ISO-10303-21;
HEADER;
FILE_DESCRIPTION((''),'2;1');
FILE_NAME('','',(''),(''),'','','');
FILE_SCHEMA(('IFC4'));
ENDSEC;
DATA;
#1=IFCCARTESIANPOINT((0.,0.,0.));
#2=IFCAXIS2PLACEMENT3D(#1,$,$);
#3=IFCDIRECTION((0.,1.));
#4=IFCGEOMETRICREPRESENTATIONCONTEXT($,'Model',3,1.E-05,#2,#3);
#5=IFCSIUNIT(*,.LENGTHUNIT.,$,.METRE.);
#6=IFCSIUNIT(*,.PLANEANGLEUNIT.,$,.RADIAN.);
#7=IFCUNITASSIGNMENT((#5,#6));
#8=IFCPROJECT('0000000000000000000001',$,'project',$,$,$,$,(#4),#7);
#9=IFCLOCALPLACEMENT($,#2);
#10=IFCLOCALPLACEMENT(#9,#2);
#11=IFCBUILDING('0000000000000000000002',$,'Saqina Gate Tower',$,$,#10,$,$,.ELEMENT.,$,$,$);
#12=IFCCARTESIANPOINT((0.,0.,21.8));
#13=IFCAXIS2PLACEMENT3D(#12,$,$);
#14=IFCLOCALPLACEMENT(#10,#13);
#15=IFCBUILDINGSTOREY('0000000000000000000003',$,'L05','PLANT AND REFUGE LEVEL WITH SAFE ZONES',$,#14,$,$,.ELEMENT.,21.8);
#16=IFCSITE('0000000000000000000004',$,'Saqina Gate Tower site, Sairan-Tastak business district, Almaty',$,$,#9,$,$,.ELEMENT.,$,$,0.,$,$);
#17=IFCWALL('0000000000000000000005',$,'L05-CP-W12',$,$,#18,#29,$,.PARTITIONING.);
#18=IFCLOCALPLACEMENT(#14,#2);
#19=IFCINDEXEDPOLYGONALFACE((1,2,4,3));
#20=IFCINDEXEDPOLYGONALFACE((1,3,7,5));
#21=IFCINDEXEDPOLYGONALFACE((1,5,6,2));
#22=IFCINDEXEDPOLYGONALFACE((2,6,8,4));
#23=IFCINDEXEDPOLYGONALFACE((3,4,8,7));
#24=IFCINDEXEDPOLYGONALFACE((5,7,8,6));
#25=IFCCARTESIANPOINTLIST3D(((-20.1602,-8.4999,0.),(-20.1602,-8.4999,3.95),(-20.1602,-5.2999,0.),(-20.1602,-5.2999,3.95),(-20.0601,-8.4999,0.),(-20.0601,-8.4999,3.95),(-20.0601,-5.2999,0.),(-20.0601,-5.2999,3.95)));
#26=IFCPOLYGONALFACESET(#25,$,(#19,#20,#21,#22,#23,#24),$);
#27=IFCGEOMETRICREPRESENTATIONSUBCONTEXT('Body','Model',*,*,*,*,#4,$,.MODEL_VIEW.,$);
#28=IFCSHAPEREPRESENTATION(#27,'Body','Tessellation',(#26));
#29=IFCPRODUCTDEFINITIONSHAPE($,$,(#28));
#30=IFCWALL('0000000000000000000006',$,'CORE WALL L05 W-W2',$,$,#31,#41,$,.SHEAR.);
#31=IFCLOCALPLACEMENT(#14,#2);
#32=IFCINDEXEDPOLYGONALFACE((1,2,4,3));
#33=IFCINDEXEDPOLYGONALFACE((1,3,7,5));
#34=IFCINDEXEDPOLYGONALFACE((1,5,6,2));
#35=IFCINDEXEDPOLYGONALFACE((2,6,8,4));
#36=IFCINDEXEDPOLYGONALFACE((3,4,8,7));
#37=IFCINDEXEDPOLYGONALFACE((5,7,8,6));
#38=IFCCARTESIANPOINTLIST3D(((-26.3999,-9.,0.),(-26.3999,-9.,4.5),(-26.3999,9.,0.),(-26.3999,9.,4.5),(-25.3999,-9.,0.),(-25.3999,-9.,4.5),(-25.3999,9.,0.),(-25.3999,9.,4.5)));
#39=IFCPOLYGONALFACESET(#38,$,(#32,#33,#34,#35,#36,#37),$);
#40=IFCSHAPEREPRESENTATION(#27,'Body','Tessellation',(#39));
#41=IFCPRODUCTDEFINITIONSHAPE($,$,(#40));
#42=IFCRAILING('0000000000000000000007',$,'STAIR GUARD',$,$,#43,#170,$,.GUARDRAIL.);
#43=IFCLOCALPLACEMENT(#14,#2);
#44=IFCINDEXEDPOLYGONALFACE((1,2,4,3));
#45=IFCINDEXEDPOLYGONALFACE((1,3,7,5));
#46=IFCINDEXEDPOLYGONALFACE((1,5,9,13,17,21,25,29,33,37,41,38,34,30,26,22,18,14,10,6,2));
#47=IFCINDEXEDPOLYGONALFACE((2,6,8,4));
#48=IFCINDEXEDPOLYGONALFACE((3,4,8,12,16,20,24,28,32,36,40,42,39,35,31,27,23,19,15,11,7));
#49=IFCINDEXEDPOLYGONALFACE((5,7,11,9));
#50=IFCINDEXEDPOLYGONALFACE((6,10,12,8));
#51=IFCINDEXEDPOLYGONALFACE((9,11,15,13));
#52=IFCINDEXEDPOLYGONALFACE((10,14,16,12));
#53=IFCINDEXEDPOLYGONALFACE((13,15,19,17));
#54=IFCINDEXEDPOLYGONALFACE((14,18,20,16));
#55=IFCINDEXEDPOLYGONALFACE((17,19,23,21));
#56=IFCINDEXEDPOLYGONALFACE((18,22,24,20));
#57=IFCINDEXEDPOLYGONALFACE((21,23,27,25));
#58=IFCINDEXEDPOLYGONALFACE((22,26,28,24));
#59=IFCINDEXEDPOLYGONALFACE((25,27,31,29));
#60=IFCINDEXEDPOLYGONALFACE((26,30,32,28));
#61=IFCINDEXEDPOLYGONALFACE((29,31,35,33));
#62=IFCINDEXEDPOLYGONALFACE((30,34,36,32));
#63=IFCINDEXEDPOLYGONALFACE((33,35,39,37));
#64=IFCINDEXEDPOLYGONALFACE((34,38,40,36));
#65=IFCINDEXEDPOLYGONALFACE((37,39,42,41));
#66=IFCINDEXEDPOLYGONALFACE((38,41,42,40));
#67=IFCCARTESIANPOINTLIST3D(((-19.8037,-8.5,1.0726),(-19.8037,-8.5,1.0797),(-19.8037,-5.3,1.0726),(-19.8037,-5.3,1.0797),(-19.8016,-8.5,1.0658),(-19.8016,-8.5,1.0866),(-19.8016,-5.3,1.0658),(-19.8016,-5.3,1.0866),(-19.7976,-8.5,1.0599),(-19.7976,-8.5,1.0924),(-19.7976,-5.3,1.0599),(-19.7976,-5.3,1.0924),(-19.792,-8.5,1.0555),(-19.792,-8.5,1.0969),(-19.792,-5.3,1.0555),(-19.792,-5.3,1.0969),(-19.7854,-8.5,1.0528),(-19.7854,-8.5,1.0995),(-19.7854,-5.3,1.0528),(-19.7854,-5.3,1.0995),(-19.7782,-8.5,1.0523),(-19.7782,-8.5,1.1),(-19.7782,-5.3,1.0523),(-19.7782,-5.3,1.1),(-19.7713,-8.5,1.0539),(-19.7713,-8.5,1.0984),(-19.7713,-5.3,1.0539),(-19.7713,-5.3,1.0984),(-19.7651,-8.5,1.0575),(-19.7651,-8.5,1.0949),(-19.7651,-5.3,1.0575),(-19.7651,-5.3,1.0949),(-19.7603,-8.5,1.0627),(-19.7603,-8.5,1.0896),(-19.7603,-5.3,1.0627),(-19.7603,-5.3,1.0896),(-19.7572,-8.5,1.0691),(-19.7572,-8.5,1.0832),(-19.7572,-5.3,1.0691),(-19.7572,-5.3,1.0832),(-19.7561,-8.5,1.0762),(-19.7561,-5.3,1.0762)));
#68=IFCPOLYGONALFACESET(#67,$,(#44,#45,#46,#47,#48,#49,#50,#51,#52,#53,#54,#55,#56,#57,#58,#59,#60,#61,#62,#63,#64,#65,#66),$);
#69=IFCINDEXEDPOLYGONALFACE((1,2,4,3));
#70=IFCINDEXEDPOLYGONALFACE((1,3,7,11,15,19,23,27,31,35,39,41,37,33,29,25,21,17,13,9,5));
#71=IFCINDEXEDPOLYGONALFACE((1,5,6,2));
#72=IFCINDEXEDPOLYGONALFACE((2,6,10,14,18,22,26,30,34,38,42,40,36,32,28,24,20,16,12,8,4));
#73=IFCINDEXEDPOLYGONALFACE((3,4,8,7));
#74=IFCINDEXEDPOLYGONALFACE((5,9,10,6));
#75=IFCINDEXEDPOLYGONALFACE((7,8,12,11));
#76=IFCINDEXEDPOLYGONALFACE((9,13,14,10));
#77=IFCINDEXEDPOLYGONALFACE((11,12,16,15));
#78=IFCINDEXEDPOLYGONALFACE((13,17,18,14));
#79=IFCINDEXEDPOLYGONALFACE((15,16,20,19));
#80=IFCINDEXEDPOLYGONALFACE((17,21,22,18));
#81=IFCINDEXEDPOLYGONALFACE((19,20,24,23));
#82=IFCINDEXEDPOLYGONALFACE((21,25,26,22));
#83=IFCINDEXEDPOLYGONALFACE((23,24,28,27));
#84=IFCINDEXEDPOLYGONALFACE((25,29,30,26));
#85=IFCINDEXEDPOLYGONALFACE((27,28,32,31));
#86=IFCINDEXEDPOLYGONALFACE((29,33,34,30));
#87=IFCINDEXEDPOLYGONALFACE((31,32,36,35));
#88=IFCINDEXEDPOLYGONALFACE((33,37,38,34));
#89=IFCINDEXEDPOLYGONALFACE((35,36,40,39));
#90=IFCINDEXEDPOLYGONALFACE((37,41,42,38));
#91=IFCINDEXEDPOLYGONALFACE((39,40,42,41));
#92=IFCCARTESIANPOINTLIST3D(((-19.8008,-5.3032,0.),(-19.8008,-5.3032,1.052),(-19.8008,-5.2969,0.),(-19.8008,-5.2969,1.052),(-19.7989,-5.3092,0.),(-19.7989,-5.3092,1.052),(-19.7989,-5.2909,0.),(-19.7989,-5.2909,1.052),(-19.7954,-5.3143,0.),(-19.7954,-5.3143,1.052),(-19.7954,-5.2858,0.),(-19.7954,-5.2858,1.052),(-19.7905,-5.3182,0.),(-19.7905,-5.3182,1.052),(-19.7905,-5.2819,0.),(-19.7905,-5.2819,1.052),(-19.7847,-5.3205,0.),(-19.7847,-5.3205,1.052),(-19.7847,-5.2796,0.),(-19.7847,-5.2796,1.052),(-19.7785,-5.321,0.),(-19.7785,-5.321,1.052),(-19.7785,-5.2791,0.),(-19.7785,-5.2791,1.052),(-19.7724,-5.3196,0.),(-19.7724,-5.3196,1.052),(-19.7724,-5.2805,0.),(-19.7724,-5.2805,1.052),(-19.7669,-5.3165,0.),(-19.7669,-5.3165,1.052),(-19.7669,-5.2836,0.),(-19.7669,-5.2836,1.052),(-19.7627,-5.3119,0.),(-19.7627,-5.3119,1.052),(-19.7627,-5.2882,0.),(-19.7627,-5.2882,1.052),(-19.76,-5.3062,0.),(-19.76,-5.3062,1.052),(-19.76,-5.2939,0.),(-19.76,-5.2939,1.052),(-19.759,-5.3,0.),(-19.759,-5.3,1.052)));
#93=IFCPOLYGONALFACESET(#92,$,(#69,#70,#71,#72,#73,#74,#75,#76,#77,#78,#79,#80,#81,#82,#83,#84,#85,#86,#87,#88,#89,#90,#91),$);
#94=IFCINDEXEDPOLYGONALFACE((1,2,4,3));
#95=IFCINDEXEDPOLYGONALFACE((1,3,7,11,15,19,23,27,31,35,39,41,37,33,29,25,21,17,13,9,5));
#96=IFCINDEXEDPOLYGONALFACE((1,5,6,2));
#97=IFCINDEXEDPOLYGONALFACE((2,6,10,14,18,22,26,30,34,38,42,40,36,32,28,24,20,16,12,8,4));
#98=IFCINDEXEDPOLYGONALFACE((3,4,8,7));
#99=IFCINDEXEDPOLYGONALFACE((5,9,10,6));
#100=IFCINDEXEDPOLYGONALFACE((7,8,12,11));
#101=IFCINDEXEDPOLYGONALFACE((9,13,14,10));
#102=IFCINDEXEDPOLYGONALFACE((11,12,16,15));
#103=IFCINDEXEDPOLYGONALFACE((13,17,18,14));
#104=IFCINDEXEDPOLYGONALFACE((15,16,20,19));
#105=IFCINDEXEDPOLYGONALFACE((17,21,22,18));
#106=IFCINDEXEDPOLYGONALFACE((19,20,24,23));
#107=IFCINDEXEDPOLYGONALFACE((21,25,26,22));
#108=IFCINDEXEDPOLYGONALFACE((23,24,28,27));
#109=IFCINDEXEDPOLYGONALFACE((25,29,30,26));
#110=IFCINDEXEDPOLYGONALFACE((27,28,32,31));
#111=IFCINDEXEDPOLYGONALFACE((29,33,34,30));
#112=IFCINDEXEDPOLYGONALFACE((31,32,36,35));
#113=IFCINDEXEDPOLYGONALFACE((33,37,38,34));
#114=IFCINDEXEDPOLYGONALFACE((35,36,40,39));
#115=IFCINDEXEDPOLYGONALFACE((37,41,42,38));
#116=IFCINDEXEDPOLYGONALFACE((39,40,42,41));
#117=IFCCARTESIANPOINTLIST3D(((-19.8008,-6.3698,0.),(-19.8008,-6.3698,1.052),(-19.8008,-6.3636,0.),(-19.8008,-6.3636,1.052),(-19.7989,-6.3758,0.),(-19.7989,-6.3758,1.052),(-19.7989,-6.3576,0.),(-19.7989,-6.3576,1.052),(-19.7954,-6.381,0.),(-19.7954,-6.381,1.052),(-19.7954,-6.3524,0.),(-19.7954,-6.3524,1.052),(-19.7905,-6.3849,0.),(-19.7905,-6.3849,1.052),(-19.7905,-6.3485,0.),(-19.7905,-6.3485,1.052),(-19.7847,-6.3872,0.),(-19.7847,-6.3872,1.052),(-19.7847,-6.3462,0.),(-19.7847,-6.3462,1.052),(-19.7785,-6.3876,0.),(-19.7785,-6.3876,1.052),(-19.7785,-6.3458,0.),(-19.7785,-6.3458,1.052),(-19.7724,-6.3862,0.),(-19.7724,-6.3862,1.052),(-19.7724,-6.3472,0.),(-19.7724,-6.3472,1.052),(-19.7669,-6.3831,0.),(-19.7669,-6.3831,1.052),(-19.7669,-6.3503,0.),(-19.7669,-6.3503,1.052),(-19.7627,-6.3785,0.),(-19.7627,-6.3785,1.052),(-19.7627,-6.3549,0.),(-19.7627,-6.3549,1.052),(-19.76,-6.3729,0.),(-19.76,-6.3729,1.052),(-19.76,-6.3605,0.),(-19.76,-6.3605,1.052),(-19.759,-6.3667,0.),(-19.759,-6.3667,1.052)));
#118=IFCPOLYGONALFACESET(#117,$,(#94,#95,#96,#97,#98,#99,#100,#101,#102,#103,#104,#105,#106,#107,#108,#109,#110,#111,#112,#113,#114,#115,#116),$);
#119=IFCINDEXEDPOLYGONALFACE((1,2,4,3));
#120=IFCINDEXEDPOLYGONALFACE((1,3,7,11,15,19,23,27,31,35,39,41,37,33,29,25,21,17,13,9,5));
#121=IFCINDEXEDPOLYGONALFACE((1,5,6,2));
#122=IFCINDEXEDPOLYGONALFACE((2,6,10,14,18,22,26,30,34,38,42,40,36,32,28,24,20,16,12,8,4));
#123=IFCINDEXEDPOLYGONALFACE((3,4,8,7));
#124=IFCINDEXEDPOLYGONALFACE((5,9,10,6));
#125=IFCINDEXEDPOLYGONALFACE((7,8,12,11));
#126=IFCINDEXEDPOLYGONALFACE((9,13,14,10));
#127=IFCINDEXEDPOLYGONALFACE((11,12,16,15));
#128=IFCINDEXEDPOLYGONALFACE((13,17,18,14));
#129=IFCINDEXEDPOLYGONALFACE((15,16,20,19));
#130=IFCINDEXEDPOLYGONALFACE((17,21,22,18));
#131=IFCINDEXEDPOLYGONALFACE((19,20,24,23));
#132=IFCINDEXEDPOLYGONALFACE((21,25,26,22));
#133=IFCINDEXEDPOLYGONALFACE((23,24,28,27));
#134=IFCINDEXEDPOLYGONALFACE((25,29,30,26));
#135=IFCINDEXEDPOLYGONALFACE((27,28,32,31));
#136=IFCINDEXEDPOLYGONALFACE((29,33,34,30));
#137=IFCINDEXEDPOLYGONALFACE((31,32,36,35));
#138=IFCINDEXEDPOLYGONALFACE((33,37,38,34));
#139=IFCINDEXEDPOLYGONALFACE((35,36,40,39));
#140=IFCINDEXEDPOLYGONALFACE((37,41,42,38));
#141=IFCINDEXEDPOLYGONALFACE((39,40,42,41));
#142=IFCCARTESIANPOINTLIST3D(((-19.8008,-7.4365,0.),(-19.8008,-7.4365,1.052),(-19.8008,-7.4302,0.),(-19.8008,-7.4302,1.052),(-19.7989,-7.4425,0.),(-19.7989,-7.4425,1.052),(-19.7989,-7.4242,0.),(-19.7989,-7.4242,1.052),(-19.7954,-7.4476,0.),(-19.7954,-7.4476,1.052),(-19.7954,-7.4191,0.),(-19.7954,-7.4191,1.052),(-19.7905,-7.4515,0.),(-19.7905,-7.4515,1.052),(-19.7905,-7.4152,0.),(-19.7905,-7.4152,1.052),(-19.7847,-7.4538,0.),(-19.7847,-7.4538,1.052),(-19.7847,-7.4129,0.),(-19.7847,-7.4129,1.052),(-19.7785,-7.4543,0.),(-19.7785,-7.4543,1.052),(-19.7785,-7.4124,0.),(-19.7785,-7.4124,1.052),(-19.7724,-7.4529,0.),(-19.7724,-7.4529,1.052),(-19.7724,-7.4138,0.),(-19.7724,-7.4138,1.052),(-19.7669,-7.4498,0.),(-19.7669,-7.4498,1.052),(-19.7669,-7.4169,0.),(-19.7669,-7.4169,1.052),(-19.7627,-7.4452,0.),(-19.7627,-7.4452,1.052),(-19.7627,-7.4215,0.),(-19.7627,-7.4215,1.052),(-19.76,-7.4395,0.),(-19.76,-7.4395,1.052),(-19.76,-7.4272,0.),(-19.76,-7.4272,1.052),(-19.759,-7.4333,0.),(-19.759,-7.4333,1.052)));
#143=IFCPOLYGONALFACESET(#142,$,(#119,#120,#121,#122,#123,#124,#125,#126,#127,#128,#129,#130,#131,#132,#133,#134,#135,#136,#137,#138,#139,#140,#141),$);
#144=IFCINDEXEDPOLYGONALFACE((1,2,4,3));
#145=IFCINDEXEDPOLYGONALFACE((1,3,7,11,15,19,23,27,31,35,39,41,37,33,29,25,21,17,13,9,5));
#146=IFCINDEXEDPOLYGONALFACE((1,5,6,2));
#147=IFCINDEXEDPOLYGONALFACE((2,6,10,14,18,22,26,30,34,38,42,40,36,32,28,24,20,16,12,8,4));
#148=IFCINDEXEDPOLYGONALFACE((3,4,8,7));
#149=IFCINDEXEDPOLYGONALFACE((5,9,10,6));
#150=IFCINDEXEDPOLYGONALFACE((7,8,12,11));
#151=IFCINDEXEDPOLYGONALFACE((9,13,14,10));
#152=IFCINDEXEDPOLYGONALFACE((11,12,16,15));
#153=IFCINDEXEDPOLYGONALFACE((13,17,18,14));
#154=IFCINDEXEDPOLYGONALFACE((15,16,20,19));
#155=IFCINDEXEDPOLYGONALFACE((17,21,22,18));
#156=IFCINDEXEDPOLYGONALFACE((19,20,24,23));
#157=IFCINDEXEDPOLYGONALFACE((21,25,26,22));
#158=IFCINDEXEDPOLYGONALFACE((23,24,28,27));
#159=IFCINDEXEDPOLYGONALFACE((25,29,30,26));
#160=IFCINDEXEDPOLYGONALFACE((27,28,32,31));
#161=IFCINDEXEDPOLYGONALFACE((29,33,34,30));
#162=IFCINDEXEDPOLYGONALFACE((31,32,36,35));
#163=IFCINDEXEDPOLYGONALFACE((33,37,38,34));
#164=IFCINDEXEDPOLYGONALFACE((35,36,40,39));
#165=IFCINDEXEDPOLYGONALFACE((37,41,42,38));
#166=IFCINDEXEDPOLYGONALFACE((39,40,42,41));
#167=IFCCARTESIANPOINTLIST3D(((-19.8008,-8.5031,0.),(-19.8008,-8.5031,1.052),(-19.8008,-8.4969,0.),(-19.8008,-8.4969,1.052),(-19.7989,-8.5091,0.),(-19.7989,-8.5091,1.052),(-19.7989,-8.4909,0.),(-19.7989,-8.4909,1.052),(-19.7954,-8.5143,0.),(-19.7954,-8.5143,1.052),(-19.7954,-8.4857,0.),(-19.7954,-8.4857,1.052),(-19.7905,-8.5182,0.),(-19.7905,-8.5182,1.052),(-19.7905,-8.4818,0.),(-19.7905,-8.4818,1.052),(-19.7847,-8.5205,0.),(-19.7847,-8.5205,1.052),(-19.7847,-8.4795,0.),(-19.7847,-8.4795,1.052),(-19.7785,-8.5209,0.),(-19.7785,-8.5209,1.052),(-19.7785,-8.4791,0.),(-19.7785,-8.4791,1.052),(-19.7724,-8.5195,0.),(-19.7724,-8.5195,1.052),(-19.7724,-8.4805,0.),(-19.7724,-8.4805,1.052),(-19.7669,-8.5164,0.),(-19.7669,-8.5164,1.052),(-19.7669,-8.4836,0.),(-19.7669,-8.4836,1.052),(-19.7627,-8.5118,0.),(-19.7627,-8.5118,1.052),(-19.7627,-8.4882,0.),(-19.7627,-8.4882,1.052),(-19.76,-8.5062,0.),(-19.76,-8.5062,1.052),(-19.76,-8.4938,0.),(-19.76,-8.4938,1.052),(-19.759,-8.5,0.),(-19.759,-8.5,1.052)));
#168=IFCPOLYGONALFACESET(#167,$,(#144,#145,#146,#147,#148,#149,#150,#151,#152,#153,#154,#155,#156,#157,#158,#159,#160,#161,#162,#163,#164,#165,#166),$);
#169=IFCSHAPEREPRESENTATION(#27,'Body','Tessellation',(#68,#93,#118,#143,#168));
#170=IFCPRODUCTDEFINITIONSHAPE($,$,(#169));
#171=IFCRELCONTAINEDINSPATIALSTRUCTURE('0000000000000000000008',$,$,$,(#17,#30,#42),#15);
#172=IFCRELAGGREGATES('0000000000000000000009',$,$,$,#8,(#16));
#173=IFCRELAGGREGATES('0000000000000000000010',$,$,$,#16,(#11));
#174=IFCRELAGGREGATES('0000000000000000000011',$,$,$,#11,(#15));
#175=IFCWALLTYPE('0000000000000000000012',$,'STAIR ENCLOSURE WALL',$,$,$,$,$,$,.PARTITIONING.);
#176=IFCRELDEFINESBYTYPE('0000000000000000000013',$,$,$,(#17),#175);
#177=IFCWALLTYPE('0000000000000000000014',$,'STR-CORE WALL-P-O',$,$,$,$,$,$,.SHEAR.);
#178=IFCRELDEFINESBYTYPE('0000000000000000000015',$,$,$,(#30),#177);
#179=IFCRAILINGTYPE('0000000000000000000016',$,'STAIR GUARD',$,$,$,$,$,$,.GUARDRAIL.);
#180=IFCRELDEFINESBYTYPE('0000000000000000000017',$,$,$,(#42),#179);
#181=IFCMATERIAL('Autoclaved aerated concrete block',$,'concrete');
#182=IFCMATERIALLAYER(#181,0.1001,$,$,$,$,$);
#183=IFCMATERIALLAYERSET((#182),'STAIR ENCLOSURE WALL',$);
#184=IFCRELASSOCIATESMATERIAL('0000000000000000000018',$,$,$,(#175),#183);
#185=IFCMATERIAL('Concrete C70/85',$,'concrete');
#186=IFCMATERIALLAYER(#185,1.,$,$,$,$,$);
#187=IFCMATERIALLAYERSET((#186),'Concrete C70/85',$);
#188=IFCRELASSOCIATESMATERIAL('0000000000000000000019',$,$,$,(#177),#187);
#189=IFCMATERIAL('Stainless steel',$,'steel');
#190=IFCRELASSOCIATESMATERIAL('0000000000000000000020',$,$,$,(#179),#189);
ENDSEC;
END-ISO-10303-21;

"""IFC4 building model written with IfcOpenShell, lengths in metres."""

from ifc_helpers import new_model, si_unit, direction, frame, frame_2d, origin, origin_2d, place, context, subcontext, project, spatial, rectangle, circle, extrude, material, layer, layer_set, type_object, element, save


model = new_model("IFC4")

# Units and contexts
model_context = context("Model", 3, precision=1e-05, world=origin(), true_north=direction((0.0, 1.0)))
body_context = subcontext(model_context, "Body", "Model", "MODEL_VIEW")
ifc_project = project(units=[si_unit("LENGTHUNIT", "METRE"), si_unit("PLANEANGLEUNIT", "RADIAN")], contexts=[model_context])

# Site, building, storey
site_placement = place(None, origin())
site = spatial("IfcSite", under=ifc_project, at=site_placement, Name="Saqina Gate Tower site, Sairan-Tastak business district, Almaty", CompositionType="ELEMENT", RefElevation=0.0)
building_placement = place(site_placement, origin())
building = spatial("IfcBuilding", under=site, at=building_placement, Name="Saqina Gate Tower", CompositionType="ELEMENT")
storey_placement = place(building_placement, frame((0.0, 0.0, 21.8)))
storey = spatial("IfcBuildingStorey", under=building, at=storey_placement, Name="L05", Description="PLANT AND REFUGE LEVEL WITH SAFE ZONES", CompositionType="ELEMENT", Elevation=21.8)

# Walls
ifc_material_1 = material(Name="Autoclaved aerated concrete block", Category="concrete")
ifc_layer_1 = layer(ifc_material_1, 0.1001)
ifc_layer_set_1 = layer_set([ifc_layer_1], Name="STAIR ENCLOSURE WALL")
wall_type_1 = type_object("IfcWallType", Name="STAIR ENCLOSURE WALL", PredefinedType="PARTITIONING", material=ifc_layer_set_1)
wall_1_placement = place(storey_placement, frame((-20.1101, -8.5, 0.0), z_axis=(0.0, 0.0, 1.0), x_axis=(0.0, 1.0, 0.0)))
element("IfcWall", 1, at=wall_1_placement, inside=storey, type_object=wall_type_1, Name="L05-CP-W12", PredefinedType="PARTITIONING", context=body_context, shape_type="SweptSolid", body=[
    extrude(rectangle(XDim=3.2, YDim=0.1001, at=frame_2d((1.6001, 0.0))), origin(), (0.0, 0.0, 1.0), 3.95),
])
ifc_material_2 = material(Name="Concrete C70/85", Category="concrete")
ifc_layer_2 = layer(ifc_material_2, 1.0)
ifc_layer_set_2 = layer_set([ifc_layer_2], Name="Concrete C70/85")
wall_type_2 = type_object("IfcWallType", Name="STR-CORE WALL-P-O", PredefinedType="SHEAR", material=ifc_layer_set_2)
wall_2_placement = place(storey_placement, frame((-25.8999, -9.0, 0.0), z_axis=(0.0, 0.0, 1.0), x_axis=(0.0, 1.0, 0.0)))
element("IfcWall", 2, at=wall_2_placement, inside=storey, type_object=wall_type_2, Name="CORE WALL L05 W-W2", PredefinedType="SHEAR", context=body_context, shape_type="SweptSolid", body=[
    extrude(rectangle(XDim=18.0, YDim=1.0, at=frame_2d((9.0, 0.0))), origin(), (0.0, 0.0, 1.0), 4.5),
])

# Railing
ifc_material_3 = material(Name="Stainless steel", Category="steel")
railing_type = type_object("IfcRailingType", Name="STAIR GUARD", PredefinedType="GUARDRAIL", material=ifc_material_3)
railing_placement = place(storey_placement, frame((-19.78, -5.3, 0.0)))
element("IfcRailing", 3, at=railing_placement, inside=storey, type_object=railing_type, Name="STAIR GUARD", PredefinedType="GUARDRAIL", context=body_context, shape_type="SweptSolid", body=[
    extrude(circle(Radius=0.0239, at=origin_2d()), frame((0.0, 0.0, 1.0762), z_axis=(0.0, -1.0, 0.0), x_axis=(1.0, 0.0, 0.0)), (0.0, 0.0, 1.0), 3.2),
    extrude(circle(Radius=0.021, at=origin_2d()), origin(), (0.0, 0.0, 1.0), 1.052),
    extrude(circle(Radius=0.021, at=origin_2d()), frame((0.0, -1.0667, 0.0)), (0.0, 0.0, 1.0), 1.052),
    extrude(circle(Radius=0.021, at=origin_2d()), frame((0.0, -2.1333, 0.0)), (0.0, 0.0, 1.0), 1.052),
    extrude(circle(Radius=0.021, at=origin_2d()), frame((0.0, -3.2, 0.0)), (0.0, 0.0, 1.0), 1.052),
])

save(model, "model.ifc")
